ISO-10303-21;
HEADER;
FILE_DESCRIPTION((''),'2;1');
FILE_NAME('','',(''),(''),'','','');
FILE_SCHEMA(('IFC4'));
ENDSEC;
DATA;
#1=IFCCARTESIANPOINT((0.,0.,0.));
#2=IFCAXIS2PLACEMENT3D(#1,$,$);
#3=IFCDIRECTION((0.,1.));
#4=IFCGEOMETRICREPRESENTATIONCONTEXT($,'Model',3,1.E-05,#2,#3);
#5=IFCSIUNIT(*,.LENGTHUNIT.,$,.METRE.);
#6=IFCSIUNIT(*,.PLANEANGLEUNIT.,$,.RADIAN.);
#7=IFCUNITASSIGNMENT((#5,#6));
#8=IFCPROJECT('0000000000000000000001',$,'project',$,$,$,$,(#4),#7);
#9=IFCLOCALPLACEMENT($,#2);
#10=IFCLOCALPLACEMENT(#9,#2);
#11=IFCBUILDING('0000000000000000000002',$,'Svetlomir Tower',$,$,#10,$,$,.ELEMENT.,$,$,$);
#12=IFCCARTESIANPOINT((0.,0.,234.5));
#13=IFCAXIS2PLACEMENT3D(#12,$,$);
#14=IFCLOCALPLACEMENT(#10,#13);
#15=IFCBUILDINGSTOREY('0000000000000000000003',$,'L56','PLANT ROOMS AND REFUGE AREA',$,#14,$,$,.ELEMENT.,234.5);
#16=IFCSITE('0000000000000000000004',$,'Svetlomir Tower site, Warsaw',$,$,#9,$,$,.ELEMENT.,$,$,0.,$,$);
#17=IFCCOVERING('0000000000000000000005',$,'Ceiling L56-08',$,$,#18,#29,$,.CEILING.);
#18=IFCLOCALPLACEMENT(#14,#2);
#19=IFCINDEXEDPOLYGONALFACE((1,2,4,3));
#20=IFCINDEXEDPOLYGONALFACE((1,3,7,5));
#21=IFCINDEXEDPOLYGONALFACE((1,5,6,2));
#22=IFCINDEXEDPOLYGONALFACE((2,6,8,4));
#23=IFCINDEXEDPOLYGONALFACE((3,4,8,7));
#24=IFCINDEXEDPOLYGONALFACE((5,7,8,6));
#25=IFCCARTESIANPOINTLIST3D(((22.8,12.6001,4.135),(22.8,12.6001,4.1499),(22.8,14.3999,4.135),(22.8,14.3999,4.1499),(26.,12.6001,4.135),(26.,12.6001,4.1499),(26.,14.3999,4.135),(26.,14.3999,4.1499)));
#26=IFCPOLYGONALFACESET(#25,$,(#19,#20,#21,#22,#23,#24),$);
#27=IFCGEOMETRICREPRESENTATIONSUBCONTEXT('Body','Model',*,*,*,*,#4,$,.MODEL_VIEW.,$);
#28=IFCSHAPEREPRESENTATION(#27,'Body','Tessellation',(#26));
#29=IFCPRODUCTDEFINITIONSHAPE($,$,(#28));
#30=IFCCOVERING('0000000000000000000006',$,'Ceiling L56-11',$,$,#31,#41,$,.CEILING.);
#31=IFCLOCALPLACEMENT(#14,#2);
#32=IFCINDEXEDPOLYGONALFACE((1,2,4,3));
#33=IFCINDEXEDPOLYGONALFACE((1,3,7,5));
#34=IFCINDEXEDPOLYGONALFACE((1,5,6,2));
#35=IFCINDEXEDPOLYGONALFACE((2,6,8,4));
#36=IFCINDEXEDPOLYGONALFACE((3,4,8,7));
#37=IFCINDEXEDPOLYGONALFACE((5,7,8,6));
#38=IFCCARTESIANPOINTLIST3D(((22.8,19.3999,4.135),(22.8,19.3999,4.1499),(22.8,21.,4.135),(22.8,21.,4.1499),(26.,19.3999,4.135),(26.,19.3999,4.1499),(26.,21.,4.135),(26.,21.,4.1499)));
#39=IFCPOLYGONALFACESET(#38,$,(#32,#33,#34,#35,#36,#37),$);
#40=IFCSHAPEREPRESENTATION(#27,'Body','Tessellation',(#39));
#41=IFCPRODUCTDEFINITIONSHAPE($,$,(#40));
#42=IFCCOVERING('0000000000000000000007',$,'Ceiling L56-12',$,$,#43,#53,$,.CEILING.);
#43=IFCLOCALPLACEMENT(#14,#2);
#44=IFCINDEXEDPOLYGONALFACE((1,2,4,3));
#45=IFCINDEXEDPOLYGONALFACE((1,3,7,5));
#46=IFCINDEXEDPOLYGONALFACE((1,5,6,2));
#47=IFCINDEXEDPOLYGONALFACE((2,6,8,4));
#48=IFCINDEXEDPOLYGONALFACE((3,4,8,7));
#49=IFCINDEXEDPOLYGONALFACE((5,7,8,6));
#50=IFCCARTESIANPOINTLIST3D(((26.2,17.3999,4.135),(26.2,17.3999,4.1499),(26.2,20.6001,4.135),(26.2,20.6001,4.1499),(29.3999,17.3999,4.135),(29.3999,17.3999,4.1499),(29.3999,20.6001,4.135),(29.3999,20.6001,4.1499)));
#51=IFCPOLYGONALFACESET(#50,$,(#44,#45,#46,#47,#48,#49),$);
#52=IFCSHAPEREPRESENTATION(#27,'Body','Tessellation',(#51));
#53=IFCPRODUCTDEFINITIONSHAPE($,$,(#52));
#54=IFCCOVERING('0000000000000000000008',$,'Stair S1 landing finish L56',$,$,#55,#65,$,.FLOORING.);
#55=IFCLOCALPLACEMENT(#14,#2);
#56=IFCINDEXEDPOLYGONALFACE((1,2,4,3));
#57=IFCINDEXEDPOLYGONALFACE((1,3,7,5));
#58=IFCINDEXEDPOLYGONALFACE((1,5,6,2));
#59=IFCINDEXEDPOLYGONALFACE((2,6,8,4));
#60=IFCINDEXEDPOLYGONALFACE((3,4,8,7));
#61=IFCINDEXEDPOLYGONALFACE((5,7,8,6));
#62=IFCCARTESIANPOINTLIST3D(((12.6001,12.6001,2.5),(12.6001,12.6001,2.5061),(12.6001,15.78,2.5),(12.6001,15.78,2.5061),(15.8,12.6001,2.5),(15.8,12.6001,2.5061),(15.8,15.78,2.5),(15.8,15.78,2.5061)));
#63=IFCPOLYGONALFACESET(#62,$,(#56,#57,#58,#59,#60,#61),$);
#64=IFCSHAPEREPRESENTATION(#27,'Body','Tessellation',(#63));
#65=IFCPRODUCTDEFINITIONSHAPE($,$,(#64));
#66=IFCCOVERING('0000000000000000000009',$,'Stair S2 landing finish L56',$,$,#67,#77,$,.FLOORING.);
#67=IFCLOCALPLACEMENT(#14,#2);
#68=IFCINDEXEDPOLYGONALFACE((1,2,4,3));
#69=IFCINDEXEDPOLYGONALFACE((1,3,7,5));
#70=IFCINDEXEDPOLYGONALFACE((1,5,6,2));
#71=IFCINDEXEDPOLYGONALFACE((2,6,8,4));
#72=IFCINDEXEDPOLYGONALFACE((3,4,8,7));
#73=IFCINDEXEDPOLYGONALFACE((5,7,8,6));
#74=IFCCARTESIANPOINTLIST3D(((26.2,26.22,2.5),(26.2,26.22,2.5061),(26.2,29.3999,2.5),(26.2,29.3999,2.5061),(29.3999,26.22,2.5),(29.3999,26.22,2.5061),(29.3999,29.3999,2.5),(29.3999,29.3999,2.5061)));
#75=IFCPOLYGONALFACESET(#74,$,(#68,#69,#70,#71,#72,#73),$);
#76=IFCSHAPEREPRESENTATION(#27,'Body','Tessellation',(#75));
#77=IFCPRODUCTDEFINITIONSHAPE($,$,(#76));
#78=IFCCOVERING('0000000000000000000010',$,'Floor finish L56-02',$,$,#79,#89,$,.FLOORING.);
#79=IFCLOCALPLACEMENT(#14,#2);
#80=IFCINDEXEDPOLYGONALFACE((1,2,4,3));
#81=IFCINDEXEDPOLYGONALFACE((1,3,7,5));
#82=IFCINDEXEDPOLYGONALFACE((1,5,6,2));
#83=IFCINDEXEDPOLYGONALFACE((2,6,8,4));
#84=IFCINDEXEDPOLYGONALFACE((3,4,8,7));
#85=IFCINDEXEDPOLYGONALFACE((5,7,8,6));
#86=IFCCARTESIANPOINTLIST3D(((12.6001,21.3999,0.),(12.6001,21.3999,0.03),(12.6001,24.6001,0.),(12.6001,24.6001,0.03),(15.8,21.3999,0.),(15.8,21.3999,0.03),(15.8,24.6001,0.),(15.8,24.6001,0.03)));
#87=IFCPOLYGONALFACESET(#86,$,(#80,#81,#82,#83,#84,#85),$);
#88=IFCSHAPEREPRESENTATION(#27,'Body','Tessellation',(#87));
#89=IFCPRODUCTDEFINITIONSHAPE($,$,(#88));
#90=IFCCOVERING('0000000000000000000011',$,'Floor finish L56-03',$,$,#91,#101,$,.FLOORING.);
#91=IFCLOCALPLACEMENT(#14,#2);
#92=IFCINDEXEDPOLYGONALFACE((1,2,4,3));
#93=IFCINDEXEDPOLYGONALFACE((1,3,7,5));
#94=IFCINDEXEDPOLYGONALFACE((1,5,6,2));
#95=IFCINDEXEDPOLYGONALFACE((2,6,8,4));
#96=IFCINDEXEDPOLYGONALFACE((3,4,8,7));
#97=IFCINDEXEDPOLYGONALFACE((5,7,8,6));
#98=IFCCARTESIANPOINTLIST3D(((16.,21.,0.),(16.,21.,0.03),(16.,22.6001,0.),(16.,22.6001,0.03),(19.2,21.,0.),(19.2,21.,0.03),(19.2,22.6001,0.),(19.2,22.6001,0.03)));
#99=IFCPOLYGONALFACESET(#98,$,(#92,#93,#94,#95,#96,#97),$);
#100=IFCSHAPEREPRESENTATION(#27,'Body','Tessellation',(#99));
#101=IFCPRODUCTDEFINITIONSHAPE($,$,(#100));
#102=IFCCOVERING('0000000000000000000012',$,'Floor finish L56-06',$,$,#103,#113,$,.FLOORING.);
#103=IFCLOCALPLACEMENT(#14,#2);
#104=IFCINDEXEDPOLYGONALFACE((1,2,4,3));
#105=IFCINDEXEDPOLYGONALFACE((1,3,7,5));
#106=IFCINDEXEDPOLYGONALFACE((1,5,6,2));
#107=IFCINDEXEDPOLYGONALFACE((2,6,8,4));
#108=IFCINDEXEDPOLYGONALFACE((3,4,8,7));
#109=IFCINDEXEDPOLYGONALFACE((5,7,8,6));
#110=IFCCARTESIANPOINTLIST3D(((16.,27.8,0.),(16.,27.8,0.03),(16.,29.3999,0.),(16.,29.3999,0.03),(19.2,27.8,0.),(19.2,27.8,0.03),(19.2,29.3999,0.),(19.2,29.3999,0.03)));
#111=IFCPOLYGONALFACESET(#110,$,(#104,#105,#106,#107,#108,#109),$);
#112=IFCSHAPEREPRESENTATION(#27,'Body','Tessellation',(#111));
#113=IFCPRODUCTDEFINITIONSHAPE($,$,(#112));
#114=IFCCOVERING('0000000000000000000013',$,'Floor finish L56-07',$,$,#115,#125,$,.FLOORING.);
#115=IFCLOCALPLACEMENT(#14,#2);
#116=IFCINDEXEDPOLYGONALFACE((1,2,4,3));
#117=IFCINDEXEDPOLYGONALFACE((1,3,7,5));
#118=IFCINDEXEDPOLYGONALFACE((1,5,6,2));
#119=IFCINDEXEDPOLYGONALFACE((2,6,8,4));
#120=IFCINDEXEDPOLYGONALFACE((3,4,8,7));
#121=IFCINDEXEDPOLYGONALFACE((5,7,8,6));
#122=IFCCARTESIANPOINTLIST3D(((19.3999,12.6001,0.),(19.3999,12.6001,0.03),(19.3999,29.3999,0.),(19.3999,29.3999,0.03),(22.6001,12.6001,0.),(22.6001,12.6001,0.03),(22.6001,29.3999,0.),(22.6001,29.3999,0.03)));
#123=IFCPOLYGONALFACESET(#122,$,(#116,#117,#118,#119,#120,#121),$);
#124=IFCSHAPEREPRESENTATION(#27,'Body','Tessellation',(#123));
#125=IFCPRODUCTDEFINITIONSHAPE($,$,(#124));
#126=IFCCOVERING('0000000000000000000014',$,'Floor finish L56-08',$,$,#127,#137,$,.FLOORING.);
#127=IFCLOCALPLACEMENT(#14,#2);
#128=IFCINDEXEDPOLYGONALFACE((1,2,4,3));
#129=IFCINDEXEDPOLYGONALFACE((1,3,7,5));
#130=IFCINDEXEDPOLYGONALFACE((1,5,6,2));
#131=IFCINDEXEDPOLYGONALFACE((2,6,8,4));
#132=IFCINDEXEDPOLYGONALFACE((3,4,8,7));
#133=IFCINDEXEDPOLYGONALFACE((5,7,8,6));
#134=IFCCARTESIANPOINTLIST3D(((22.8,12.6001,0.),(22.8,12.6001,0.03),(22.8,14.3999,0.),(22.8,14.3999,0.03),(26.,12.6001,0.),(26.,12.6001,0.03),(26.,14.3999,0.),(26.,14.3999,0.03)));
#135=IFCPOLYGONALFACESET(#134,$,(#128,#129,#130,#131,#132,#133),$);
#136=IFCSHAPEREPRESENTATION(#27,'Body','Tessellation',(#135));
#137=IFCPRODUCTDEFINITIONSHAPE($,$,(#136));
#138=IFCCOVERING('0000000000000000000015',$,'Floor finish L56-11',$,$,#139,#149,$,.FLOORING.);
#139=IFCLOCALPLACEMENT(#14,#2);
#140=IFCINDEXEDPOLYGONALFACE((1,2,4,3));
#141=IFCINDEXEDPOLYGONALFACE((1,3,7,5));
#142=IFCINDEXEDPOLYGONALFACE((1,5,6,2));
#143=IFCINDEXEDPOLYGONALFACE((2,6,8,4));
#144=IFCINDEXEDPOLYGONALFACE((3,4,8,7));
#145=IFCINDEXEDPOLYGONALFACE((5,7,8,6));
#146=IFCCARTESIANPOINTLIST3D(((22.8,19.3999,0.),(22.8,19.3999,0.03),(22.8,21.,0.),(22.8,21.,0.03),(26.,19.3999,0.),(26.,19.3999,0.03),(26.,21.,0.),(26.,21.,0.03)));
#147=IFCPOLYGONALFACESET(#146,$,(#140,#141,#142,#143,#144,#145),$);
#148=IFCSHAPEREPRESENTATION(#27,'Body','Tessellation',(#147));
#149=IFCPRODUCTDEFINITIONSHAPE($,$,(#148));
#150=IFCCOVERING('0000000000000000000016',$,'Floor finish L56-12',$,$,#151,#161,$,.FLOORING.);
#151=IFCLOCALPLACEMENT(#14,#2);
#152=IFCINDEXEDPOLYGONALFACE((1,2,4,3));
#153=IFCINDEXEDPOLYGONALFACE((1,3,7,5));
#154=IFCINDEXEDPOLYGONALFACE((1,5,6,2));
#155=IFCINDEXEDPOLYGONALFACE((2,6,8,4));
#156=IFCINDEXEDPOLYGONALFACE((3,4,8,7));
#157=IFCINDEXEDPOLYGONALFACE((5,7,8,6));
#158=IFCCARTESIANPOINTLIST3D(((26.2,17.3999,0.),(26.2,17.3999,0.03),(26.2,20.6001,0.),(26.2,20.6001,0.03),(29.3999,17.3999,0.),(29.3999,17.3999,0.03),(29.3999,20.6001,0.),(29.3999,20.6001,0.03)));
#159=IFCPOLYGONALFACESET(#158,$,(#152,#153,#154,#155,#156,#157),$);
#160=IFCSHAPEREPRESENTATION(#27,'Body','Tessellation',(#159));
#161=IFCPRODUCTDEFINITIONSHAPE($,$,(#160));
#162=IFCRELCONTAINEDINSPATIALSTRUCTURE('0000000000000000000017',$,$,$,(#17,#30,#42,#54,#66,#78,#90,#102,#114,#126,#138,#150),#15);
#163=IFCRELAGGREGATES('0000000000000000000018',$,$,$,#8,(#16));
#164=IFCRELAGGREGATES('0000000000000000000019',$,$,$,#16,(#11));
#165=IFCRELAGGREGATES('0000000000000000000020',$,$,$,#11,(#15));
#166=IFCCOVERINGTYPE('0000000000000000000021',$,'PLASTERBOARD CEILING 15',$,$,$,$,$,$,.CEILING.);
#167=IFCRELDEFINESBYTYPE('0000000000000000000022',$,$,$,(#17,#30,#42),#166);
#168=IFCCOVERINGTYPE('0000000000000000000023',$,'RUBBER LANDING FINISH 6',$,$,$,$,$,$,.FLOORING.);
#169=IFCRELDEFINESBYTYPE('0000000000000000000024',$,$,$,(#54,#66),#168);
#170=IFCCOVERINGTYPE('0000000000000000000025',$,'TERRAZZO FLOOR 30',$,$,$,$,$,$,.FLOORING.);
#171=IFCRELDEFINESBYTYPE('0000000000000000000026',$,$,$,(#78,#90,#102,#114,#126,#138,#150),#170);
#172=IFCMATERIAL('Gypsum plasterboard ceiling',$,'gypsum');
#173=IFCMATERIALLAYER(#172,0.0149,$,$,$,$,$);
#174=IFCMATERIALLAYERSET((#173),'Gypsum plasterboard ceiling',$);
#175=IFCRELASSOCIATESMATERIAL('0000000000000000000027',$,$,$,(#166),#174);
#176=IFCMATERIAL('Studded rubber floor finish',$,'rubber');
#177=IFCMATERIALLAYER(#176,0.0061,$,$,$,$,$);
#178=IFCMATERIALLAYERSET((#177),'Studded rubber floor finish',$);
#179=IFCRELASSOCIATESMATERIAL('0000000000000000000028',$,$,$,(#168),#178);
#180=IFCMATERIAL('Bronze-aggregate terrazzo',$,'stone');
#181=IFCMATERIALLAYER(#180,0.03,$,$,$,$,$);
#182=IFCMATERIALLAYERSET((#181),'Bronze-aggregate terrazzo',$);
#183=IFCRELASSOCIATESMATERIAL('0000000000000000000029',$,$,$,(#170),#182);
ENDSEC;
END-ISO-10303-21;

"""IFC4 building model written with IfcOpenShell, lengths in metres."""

from ifc_helpers import new_model, si_unit, direction, frame, origin, place, context, subcontext, project, spatial, polyline, outline, extrude, material, layer, layer_set, type_object, element, save


model = new_model("IFC4")

# Units and contexts
model_context = context("Model", 3, precision=1e-05, world=origin(), true_north=direction((0.0, 1.0)))
body_context = subcontext(model_context, "Body", "Model", "MODEL_VIEW")
ifc_project = project(units=[si_unit("LENGTHUNIT", "METRE"), si_unit("PLANEANGLEUNIT", "RADIAN")], contexts=[model_context])

# Site, building, storey
site_placement = place(None, origin())
site = spatial("IfcSite", under=ifc_project, at=site_placement, Name="Svetlomir Tower site, Warsaw", CompositionType="ELEMENT", RefElevation=0.0)
building_placement = place(site_placement, origin())
building = spatial("IfcBuilding", under=site, at=building_placement, Name="Svetlomir Tower", CompositionType="ELEMENT")
storey_placement = place(building_placement, frame((0.0, 0.0, 234.5)))
storey = spatial("IfcBuildingStorey", under=building, at=storey_placement, Name="L56", Description="PLANT ROOMS AND REFUGE AREA", CompositionType="ELEMENT", Elevation=234.5)

# Coverings
ifc_material_1 = material(Name="Gypsum plasterboard ceiling", Category="gypsum")
ifc_layer_1 = layer(ifc_material_1, 0.0149)
ifc_layer_set_1 = layer_set([ifc_layer_1], Name="Gypsum plasterboard ceiling")
covering_type_1 = type_object("IfcCoveringType", Name="PLASTERBOARD CEILING 15", PredefinedType="CEILING", material=ifc_layer_set_1)
covering_1_placement = place(storey_placement, frame((0.0, 0.0, 4.135)))
element("IfcCovering", 1, at=covering_1_placement, inside=storey, type_object=covering_type_1, Name="Ceiling L56-08", PredefinedType="CEILING", context=body_context, shape_type="SweptSolid", body=[
    extrude(outline(polyline([(22.8, 12.6001), (26.0, 12.6001), (26.0, 14.3999), (22.8, 14.3999), (22.8, 12.6001)])), origin(), (0.0, 0.0, 1.0), 0.0149),
])
covering_2_placement = place(storey_placement, frame((0.0, 0.0, 4.135)))
element("IfcCovering", 2, at=covering_2_placement, inside=storey, type_object=covering_type_1, Name="Ceiling L56-11", PredefinedType="CEILING", context=body_context, shape_type="SweptSolid", body=[
    extrude(outline(polyline([(22.8, 19.3999), (26.0, 19.3999), (26.0, 21.0), (22.8, 21.0), (22.8, 19.3999)])), origin(), (0.0, 0.0, 1.0), 0.0149),
])
covering_3_placement = place(storey_placement, frame((0.0, 0.0, 4.135)))
element("IfcCovering", 3, at=covering_3_placement, inside=storey, type_object=covering_type_1, Name="Ceiling L56-12", PredefinedType="CEILING", context=body_context, shape_type="SweptSolid", body=[
    extrude(outline(polyline([(26.2, 17.3999), (29.3999, 17.3999), (29.3999, 20.6001), (26.2, 20.6001), (26.2, 17.3999)])), origin(), (0.0, 0.0, 1.0), 0.0149),
])
ifc_material_2 = material(Name="Studded rubber floor finish", Category="rubber")
ifc_layer_2 = layer(ifc_material_2, 0.0061)
ifc_layer_set_2 = layer_set([ifc_layer_2], Name="Studded rubber floor finish")
covering_type_2 = type_object("IfcCoveringType", Name="RUBBER LANDING FINISH 6", PredefinedType="FLOORING", material=ifc_layer_set_2)
covering_4_placement = place(storey_placement, frame((0.0, 0.0, 2.5)))
element("IfcCovering", 4, at=covering_4_placement, inside=storey, type_object=covering_type_2, Name="Stair S1 landing finish L56", PredefinedType="FLOORING", context=body_context, shape_type="SweptSolid", body=[
    extrude(outline(polyline([(12.6001, 12.6001), (15.8, 12.6001), (15.8, 15.78), (12.6001, 15.78), (12.6001, 12.6001)])), origin(), (0.0, 0.0, 1.0), 0.0061),
])
covering_5_placement = place(storey_placement, frame((0.0, 0.0, 2.5)))
element("IfcCovering", 5, at=covering_5_placement, inside=storey, type_object=covering_type_2, Name="Stair S2 landing finish L56", PredefinedType="FLOORING", context=body_context, shape_type="SweptSolid", body=[
    extrude(outline(polyline([(26.2, 26.22), (29.3999, 26.22), (29.3999, 29.3999), (26.2, 29.3999), (26.2, 26.22)])), origin(), (0.0, 0.0, 1.0), 0.0061),
])
ifc_material_3 = material(Name="Bronze-aggregate terrazzo", Category="stone")
ifc_layer_3 = layer(ifc_material_3, 0.03)
ifc_layer_set_3 = layer_set([ifc_layer_3], Name="Bronze-aggregate terrazzo")
covering_type_3 = type_object("IfcCoveringType", Name="TERRAZZO FLOOR 30", PredefinedType="FLOORING", material=ifc_layer_set_3)
covering_6_placement = place(storey_placement, origin())
element("IfcCovering", 6, at=covering_6_placement, inside=storey, type_object=covering_type_3, Name="Floor finish L56-02", PredefinedType="FLOORING", context=body_context, shape_type="SweptSolid", body=[
    extrude(outline(polyline([(12.6001, 21.3999), (15.8, 21.3999), (15.8, 24.6001), (12.6001, 24.6001), (12.6001, 21.3999)])), origin(), (0.0, 0.0, 1.0), 0.03),
])
covering_7_placement = place(storey_placement, origin())
element("IfcCovering", 7, at=covering_7_placement, inside=storey, type_object=covering_type_3, Name="Floor finish L56-03", PredefinedType="FLOORING", context=body_context, shape_type="SweptSolid", body=[
    extrude(outline(polyline([(16.0, 21.0), (19.2, 21.0), (19.2, 22.6001), (16.0, 22.6001), (16.0, 21.0)])), origin(), (0.0, 0.0, 1.0), 0.03),
])
covering_8_placement = place(storey_placement, origin())
element("IfcCovering", 8, at=covering_8_placement, inside=storey, type_object=covering_type_3, Name="Floor finish L56-06", PredefinedType="FLOORING", context=body_context, shape_type="SweptSolid", body=[
    extrude(outline(polyline([(16.0, 27.8), (19.2, 27.8), (19.2, 29.3999), (16.0, 29.3999), (16.0, 27.8)])), origin(), (0.0, 0.0, 1.0), 0.03),
])
covering_9_placement = place(storey_placement, origin())
element("IfcCovering", 9, at=covering_9_placement, inside=storey, type_object=covering_type_3, Name="Floor finish L56-07", PredefinedType="FLOORING", context=body_context, shape_type="SweptSolid", body=[
    extrude(outline(polyline([(19.3999, 12.6001), (22.6001, 12.6001), (22.6001, 29.3999), (19.3999, 29.3999), (19.3999, 12.6001)])), origin(), (0.0, 0.0, 1.0), 0.03),
])
covering_10_placement = place(storey_placement, origin())
element("IfcCovering", 10, at=covering_10_placement, inside=storey, type_object=covering_type_3, Name="Floor finish L56-08", PredefinedType="FLOORING", context=body_context, shape_type="SweptSolid", body=[
    extrude(outline(polyline([(22.8, 12.6001), (26.0, 12.6001), (26.0, 14.3999), (22.8, 14.3999), (22.8, 12.6001)])), origin(), (0.0, 0.0, 1.0), 0.03),
])
covering_11_placement = place(storey_placement, origin())
element("IfcCovering", 11, at=covering_11_placement, inside=storey, type_object=covering_type_3, Name="Floor finish L56-11", PredefinedType="FLOORING", context=body_context, shape_type="SweptSolid", body=[
    extrude(outline(polyline([(22.8, 19.3999), (26.0, 19.3999), (26.0, 21.0), (22.8, 21.0), (22.8, 19.3999)])), origin(), (0.0, 0.0, 1.0), 0.03),
])
covering_12_placement = place(storey_placement, origin())
element("IfcCovering", 12, at=covering_12_placement, inside=storey, type_object=covering_type_3, Name="Floor finish L56-12", PredefinedType="FLOORING", context=body_context, shape_type="SweptSolid", body=[
    extrude(outline(polyline([(26.2, 17.3999), (29.3999, 17.3999), (29.3999, 20.6001), (26.2, 20.6001), (26.2, 17.3999)])), origin(), (0.0, 0.0, 1.0), 0.03),
])

save(model, "model.ifc")
